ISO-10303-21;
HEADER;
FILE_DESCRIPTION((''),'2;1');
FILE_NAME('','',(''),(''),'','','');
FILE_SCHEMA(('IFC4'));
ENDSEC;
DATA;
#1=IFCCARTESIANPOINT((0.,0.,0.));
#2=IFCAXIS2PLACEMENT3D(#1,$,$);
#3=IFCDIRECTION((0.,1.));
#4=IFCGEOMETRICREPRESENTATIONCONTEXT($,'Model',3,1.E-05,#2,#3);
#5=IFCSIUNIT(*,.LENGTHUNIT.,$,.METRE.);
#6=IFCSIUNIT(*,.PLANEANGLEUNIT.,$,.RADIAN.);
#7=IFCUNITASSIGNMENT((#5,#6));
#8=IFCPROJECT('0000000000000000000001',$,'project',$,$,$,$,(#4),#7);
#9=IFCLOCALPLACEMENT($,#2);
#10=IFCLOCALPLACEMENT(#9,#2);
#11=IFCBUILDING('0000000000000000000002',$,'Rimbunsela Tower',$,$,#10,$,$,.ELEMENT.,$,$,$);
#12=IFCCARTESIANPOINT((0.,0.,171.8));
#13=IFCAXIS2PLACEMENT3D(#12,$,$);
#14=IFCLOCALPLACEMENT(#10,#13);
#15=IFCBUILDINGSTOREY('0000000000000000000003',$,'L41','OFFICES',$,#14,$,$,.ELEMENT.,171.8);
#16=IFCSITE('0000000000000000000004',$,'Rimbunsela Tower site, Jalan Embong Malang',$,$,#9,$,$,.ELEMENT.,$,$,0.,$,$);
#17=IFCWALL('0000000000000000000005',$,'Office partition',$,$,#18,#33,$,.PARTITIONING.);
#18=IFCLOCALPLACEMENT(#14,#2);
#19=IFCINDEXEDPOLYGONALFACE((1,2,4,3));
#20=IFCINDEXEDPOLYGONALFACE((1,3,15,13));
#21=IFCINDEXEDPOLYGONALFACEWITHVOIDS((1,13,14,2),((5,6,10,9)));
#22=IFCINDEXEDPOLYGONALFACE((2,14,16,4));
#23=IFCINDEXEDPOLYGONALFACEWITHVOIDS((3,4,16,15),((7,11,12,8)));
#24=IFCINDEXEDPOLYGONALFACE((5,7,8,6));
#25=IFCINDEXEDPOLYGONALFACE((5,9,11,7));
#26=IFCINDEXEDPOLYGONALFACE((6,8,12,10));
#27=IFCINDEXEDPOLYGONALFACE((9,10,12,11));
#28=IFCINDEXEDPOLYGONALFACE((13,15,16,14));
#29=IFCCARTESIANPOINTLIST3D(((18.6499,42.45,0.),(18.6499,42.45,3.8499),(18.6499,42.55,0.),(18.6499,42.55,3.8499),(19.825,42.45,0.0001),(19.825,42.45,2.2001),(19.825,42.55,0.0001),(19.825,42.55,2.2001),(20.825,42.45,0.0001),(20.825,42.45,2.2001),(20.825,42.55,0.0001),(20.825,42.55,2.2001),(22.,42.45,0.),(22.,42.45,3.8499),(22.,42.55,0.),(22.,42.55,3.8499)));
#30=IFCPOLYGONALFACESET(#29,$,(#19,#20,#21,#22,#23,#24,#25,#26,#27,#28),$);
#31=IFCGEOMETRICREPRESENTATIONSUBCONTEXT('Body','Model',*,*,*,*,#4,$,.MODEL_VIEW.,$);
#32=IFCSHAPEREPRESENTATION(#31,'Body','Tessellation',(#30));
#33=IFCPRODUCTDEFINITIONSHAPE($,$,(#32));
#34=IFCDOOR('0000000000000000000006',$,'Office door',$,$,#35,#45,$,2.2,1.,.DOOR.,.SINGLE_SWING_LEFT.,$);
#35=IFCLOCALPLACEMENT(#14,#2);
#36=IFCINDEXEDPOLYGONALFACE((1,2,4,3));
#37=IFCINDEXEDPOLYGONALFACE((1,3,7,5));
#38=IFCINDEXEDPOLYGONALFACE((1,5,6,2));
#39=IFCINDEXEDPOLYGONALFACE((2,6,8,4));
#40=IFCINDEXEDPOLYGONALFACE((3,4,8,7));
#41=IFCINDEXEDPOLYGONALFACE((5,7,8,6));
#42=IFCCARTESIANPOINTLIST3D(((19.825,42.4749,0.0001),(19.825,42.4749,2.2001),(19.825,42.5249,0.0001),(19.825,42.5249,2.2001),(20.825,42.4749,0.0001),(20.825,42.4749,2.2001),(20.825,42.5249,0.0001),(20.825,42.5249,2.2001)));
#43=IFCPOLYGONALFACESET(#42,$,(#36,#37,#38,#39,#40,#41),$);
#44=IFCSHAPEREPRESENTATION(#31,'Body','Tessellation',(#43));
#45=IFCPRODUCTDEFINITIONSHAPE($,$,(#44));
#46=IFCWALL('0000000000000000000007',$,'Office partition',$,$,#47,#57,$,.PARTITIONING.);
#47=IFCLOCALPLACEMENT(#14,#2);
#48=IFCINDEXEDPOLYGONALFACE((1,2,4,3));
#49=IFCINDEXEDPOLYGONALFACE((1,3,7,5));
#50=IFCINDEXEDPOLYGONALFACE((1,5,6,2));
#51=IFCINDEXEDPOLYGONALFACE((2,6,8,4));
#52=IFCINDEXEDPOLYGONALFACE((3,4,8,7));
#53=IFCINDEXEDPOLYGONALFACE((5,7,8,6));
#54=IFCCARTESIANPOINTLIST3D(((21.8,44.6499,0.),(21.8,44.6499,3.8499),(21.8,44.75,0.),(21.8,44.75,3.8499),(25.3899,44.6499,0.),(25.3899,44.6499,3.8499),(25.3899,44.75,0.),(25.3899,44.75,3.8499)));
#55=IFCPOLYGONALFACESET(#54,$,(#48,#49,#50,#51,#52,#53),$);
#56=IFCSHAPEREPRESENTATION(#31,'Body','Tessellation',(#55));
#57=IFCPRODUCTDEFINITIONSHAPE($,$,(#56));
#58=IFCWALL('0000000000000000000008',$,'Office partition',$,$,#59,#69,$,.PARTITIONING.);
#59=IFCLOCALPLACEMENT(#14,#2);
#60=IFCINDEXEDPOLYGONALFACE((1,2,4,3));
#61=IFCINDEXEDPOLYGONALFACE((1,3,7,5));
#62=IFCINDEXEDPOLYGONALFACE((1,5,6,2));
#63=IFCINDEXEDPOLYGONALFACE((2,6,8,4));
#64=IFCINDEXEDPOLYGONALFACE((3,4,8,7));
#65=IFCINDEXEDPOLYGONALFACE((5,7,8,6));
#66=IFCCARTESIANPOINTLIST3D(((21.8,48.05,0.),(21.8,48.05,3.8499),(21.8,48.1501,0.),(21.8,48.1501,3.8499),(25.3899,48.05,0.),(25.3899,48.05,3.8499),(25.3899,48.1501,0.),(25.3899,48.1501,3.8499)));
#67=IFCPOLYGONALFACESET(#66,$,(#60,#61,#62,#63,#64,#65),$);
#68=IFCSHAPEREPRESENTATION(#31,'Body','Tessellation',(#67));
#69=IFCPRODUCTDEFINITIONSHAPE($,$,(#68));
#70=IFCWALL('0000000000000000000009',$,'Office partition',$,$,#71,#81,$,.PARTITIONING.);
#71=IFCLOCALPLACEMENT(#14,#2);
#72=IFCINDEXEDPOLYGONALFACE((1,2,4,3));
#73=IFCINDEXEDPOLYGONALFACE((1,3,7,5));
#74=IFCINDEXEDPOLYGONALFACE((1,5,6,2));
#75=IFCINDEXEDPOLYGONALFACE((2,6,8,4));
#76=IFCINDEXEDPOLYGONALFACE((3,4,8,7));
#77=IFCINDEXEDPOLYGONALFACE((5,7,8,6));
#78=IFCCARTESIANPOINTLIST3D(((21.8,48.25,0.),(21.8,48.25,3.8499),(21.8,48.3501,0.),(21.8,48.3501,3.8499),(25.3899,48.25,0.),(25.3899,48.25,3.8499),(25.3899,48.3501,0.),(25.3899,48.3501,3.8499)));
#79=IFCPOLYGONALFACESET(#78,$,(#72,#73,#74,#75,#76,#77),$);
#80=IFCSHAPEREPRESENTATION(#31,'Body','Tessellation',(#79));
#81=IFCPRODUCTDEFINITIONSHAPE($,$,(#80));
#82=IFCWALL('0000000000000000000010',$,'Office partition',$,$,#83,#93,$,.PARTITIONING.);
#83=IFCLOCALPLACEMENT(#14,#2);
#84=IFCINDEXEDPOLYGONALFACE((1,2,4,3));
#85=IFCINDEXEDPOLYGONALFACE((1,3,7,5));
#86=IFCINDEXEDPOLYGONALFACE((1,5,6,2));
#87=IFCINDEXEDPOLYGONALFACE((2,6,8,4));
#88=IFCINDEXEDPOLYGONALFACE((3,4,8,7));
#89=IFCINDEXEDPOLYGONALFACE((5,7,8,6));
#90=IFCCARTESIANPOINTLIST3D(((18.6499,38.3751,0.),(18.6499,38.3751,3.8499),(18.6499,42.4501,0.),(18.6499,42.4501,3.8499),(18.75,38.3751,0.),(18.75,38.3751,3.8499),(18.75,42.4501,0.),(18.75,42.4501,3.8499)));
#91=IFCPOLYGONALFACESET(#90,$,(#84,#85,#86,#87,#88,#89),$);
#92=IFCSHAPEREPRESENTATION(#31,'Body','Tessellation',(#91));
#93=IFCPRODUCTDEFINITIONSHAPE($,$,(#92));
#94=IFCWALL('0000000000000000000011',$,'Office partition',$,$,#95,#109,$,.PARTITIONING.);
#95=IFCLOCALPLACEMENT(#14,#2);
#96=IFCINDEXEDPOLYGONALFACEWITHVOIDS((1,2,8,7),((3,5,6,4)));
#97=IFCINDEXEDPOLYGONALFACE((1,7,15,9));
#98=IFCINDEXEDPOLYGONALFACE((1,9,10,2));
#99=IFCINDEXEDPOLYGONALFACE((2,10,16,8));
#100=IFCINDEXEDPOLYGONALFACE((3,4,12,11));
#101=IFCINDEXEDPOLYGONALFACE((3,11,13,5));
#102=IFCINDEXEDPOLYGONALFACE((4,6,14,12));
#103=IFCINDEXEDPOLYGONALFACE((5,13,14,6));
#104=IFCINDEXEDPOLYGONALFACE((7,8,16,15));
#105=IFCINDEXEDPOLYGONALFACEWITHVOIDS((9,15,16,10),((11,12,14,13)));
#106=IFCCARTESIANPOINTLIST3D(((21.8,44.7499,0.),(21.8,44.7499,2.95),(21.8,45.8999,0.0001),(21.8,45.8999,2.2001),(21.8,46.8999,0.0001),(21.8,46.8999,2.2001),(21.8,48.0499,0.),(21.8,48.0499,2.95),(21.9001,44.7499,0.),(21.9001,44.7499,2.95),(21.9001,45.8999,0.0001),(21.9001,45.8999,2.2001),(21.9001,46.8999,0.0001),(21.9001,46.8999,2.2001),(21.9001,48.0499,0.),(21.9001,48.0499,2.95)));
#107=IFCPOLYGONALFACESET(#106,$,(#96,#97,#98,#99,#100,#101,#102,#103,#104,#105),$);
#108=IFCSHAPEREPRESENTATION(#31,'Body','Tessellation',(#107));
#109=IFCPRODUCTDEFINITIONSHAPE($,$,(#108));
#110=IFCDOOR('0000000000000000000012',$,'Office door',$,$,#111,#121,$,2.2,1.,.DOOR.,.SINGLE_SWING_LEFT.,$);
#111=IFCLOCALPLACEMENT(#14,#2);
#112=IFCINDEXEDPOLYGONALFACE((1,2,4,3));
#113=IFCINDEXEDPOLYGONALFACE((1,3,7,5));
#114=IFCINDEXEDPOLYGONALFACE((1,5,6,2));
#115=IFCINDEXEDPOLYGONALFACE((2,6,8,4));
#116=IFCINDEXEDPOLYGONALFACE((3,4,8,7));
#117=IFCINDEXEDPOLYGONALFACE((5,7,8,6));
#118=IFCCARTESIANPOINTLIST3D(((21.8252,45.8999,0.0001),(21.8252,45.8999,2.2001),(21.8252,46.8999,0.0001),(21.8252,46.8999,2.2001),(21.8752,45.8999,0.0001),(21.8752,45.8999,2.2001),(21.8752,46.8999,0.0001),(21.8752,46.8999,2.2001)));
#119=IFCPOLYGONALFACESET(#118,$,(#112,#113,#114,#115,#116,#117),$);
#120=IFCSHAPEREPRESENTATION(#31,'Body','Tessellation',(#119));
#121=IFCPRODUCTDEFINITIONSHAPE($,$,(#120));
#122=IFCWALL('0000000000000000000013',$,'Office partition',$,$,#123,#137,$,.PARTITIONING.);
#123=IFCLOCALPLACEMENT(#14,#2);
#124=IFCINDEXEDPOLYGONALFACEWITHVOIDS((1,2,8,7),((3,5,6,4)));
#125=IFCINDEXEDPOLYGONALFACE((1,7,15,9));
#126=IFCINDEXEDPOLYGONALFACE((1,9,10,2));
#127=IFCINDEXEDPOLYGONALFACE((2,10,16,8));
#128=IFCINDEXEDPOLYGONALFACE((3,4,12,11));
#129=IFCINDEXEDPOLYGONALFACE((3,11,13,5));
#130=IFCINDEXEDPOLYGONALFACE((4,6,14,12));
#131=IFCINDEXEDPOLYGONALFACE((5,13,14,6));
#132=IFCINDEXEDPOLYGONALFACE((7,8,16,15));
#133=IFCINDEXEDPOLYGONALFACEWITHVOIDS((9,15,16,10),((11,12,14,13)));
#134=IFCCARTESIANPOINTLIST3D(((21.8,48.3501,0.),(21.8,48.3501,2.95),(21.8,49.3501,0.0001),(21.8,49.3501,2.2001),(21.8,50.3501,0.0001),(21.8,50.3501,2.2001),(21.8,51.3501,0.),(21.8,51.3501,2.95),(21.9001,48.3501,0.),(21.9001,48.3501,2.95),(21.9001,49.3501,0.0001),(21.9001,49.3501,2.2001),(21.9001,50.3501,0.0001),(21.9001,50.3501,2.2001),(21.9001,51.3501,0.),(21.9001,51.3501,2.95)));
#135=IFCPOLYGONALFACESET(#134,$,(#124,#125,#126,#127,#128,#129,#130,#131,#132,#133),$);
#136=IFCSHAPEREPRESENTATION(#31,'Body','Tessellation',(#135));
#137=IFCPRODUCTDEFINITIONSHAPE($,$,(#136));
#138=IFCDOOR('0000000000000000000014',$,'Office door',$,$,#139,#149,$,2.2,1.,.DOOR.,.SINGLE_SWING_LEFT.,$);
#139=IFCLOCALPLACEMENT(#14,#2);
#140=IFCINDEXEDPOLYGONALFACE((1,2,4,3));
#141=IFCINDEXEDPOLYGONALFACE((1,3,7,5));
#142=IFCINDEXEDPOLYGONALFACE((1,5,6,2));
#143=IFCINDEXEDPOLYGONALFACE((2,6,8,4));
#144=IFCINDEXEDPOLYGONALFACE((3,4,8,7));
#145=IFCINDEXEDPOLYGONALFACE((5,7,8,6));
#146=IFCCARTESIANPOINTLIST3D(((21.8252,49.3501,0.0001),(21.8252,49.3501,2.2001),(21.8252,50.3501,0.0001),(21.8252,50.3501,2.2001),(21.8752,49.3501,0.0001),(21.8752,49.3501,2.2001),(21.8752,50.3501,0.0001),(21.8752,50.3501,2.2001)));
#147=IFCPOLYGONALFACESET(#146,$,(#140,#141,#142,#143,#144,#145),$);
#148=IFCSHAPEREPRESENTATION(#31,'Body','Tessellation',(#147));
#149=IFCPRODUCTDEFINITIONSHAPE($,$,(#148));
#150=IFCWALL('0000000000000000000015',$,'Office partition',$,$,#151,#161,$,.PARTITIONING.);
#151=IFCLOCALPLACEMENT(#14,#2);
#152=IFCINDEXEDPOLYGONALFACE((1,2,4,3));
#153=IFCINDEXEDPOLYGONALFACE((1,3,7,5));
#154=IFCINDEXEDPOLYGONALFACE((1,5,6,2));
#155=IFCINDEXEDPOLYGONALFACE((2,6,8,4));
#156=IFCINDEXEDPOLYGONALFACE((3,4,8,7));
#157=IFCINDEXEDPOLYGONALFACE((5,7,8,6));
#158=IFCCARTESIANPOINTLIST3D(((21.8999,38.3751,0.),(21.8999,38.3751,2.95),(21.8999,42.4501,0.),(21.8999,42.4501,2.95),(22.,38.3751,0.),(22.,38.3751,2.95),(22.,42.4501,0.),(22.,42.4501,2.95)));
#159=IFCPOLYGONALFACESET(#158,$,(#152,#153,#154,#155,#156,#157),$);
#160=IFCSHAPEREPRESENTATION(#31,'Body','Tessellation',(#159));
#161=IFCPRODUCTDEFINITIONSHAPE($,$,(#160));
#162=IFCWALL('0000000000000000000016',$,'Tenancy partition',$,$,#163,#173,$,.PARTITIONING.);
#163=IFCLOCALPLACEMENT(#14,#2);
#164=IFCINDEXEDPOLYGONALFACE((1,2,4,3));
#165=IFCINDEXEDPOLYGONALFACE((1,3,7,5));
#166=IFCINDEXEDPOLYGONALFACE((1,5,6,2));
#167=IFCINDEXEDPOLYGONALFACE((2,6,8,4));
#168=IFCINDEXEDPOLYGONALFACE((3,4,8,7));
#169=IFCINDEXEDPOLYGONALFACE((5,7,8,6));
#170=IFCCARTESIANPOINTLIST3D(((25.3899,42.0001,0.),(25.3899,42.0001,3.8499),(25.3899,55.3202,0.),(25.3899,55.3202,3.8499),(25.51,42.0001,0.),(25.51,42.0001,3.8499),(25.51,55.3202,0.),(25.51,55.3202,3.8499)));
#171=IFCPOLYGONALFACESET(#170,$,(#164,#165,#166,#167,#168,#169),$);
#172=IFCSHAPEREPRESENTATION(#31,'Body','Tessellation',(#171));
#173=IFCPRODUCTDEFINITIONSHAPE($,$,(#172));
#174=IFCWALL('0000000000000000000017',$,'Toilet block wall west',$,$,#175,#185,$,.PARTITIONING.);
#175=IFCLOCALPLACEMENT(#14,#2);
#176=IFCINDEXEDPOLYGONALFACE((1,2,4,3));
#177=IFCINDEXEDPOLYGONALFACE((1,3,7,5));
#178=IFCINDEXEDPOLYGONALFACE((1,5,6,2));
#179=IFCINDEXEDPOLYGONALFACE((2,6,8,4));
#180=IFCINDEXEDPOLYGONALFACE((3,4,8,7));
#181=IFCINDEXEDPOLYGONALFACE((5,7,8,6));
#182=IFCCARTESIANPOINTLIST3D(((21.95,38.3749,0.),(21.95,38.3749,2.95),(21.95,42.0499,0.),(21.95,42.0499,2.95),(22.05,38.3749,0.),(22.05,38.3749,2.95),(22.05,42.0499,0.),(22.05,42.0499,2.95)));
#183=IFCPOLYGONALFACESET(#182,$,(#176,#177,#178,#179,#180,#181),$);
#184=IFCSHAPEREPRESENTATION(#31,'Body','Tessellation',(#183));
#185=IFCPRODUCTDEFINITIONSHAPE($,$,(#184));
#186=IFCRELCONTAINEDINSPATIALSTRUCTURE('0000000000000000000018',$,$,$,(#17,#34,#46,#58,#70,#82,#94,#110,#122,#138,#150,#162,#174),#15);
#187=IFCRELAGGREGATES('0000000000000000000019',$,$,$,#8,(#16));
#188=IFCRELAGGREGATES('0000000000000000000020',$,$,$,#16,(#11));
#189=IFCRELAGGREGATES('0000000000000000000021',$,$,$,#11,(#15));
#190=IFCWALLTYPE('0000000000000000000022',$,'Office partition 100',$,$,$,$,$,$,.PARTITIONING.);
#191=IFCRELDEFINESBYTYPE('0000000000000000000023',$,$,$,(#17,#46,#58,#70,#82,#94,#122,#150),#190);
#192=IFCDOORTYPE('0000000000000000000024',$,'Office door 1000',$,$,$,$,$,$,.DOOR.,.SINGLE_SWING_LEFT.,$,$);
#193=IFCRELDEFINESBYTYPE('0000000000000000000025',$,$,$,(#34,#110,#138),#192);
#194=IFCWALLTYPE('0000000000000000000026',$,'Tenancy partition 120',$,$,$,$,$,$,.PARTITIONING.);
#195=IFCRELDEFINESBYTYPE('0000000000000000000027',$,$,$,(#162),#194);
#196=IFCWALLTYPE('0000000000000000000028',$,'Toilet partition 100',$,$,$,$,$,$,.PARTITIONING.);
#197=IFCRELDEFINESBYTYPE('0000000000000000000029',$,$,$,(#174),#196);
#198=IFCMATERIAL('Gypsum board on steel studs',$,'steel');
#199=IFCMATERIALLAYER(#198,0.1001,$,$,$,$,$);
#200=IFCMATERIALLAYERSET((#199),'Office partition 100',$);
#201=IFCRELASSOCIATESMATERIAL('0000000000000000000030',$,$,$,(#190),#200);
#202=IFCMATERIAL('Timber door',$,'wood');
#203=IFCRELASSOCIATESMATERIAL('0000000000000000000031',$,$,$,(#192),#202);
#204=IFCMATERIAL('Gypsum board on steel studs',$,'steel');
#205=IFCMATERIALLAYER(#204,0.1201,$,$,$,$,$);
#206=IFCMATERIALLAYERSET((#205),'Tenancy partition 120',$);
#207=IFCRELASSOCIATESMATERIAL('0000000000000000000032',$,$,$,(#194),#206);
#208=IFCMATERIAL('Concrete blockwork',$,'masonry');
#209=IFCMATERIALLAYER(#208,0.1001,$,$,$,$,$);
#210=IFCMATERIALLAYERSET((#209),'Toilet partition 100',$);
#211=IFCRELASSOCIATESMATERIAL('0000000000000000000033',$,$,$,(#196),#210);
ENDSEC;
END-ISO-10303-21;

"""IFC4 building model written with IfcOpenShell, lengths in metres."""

from ifc_helpers import new_model, si_unit, direction, frame, frame_2d, origin, place, context, subcontext, project, spatial, rectangle, extrude, material, layer, layer_set, type_object, element, fill, save


model = new_model("IFC4")

# Units and contexts
model_context = context("Model", 3, precision=1e-05, world=origin(), true_north=direction((0.0, 1.0)))
body_context = subcontext(model_context, "Body", "Model", "MODEL_VIEW")
ifc_project = project(units=[si_unit("LENGTHUNIT", "METRE"), si_unit("PLANEANGLEUNIT", "RADIAN")], contexts=[model_context])

# Site, building, storey
site_placement = place(None, origin())
site = spatial("IfcSite", under=ifc_project, at=site_placement, Name="Rimbunsela Tower site, Jalan Embong Malang", CompositionType="ELEMENT", RefElevation=0.0)
building_placement = place(site_placement, origin())
building = spatial("IfcBuilding", under=site, at=building_placement, Name="Rimbunsela Tower", CompositionType="ELEMENT")
storey_placement = place(building_placement, frame((0.0, 0.0, 171.8)))
storey = spatial("IfcBuildingStorey", under=building, at=storey_placement, Name="L41", Description="OFFICES", CompositionType="ELEMENT", Elevation=171.8)

# Wall, opening, door
ifc_material_1 = material(Name="Gypsum board on steel studs", Category="steel")
ifc_layer_1 = layer(ifc_material_1, 0.1001)
ifc_layer_set_1 = layer_set([ifc_layer_1], Name="Office partition 100")
wall_type_1 = type_object("IfcWallType", Name="Office partition 100", PredefinedType="PARTITIONING", material=ifc_layer_set_1)
wall_1_placement = place(storey_placement, frame((18.6499, 42.5, 0.0), z_axis=(0.0, 0.0, 1.0), x_axis=(1.0, 0.0, 0.0)))
wall_1 = element("IfcWall", 1, at=wall_1_placement, inside=storey, type_object=wall_type_1, Name="Office partition", PredefinedType="PARTITIONING", context=body_context, shape_type="SweptSolid", body=[
    extrude(rectangle(XDim=3.3501, YDim=0.1001, at=frame_2d((1.675, 0.0))), origin(), (0.0, 0.0, 1.0), 3.8499),
])
opening_1_placement = place(wall_1_placement, frame((1.175, 0.0, 0.0)))
opening_1 = element("IfcOpeningElement", 2, at=opening_1_placement, cuts=wall_1, PredefinedType="OPENING", context=body_context, shape_type="SweptSolid", body=[
    extrude(rectangle(XDim=1.0, YDim=2.2, at=frame_2d((0.5, 1.1001))), frame((0.0, 0.0601, 0.0), z_axis=(0.0, -1.0, 0.0), x_axis=(1.0, 0.0, 0.0)), (0.0, 0.0, 1.0), 0.1201),
])
ifc_material_2 = material(Name="Timber door", Category="wood")
door_type_1 = type_object("IfcDoorType", Name="Office door 1000", OperationType="SINGLE_SWING_LEFT", PredefinedType="DOOR", material=ifc_material_2)
door_1_placement = place(opening_1_placement, origin())
door_1 = element("IfcDoor", 3, at=door_1_placement, inside=storey, type_object=door_type_1, Name="Office door", OperationType="SINGLE_SWING_LEFT", OverallHeight=2.2, OverallWidth=1.0, PredefinedType="DOOR", context=body_context, shape_type="SweptSolid", body=[
    extrude(rectangle(XDim=1.0, YDim=2.2, at=frame_2d((0.5, 1.1001))), frame((0.0, 0.0249, 0.0), z_axis=(0.0, -1.0, 0.0), x_axis=(1.0, 0.0, 0.0)), (0.0, 0.0, 1.0), 0.05),
])
fill(opening_1, door_1)

# Walls
for number, where, z_axis, x_axis, name in (
    (4, (21.8, 44.7, 0.0), (0.0, 0.0, 1.0), (1.0, 0.0, 0.0), "Office partition"),
    (5, (21.8, 48.1001, 0.0), (0.0, 0.0, 1.0), (1.0, 0.0, 0.0), "Office partition"),
    (6, (21.8, 48.3, 0.0), (0.0, 0.0, 1.0), (1.0, 0.0, 0.0), "Office partition"),
):
    element("IfcWall", number, at=place(storey_placement, frame(where, z_axis=z_axis, x_axis=x_axis)), inside=storey, type_object=wall_type_1, Name=name, PredefinedType="PARTITIONING", context=body_context, shape_type="SweptSolid", body=[
        extrude(rectangle(XDim=3.5898, YDim=0.1001, at=frame_2d((1.7949, 0.0))), origin(), (0.0, 0.0, 1.0), 3.8499),
    ])
wall_2_placement = place(storey_placement, frame((18.7, 38.375, 0.0), z_axis=(0.0, 0.0, 1.0), x_axis=(0.0, 1.0, 0.0)))
element("IfcWall", 7, at=wall_2_placement, inside=storey, type_object=wall_type_1, Name="Office partition", PredefinedType="PARTITIONING", context=body_context, shape_type="SweptSolid", body=[
    extrude(rectangle(XDim=4.075, YDim=0.1001, at=frame_2d((2.0376, 0.0))), origin(), (0.0, 0.0, 1.0), 3.8499),
])

# Walls, openings, doors
wall_3_placement = place(storey_placement, frame((21.8501, 44.75, 0.0), z_axis=(0.0, 0.0, 1.0), x_axis=(0.0, 1.0, 0.0)))
wall_3 = element("IfcWall", 8, at=wall_3_placement, inside=storey, type_object=wall_type_1, Name="Office partition", PredefinedType="PARTITIONING", context=body_context, shape_type="SweptSolid", body=[
    extrude(rectangle(XDim=3.3, YDim=0.1001, at=frame_2d((1.6499, 0.0))), origin(), (0.0, 0.0, 1.0), 2.95),
])
opening_2_placement = place(wall_3_placement, frame((1.1499, 0.0, 0.0)))
opening_2 = element("IfcOpeningElement", 9, at=opening_2_placement, cuts=wall_3, PredefinedType="OPENING", context=body_context, shape_type="SweptSolid", body=[
    extrude(rectangle(XDim=1.0, YDim=2.2, at=frame_2d((0.5, 1.1001))), frame((0.0, 0.0601, 0.0), z_axis=(0.0, -1.0, 0.0), x_axis=(1.0, 0.0, 0.0)), (0.0, 0.0, 1.0), 0.1201),
])
door_2_placement = place(opening_2_placement, origin())
door_2 = element("IfcDoor", 10, at=door_2_placement, inside=storey, type_object=door_type_1, Name="Office door", OperationType="SINGLE_SWING_LEFT", OverallHeight=2.2, OverallWidth=1.0, PredefinedType="DOOR", context=body_context, shape_type="SweptSolid", body=[
    extrude(rectangle(XDim=1.0, YDim=2.2, at=frame_2d((0.5, 1.1001))), frame((0.0, 0.0249, 0.0), z_axis=(0.0, -1.0, 0.0), x_axis=(1.0, 0.0, 0.0)), (0.0, 0.0, 1.0), 0.05),
])
fill(opening_2, door_2)
wall_4_placement = place(storey_placement, frame((21.8501, 48.3501, 0.0), z_axis=(0.0, 0.0, 1.0), x_axis=(0.0, 1.0, 0.0)))
wall_4 = element("IfcWall", 11, at=wall_4_placement, inside=storey, type_object=wall_type_1, Name="Office partition", PredefinedType="PARTITIONING", context=body_context, shape_type="SweptSolid", body=[
    extrude(rectangle(XDim=3.0, YDim=0.1001, at=frame_2d((1.5, 0.0))), origin(), (0.0, 0.0, 1.0), 2.95),
])
opening_3_placement = place(wall_4_placement, frame((1.0, 0.0, 0.0)))
opening_3 = element("IfcOpeningElement", 12, at=opening_3_placement, cuts=wall_4, PredefinedType="OPENING", context=body_context, shape_type="SweptSolid", body=[
    extrude(rectangle(XDim=1.0, YDim=2.2, at=frame_2d((0.5, 1.1001))), frame((0.0, 0.0601, 0.0), z_axis=(0.0, -1.0, 0.0), x_axis=(1.0, 0.0, 0.0)), (0.0, 0.0, 1.0), 0.1201),
])
door_3_placement = place(opening_3_placement, origin())
door_3 = element("IfcDoor", 13, at=door_3_placement, inside=storey, type_object=door_type_1, Name="Office door", OperationType="SINGLE_SWING_LEFT", OverallHeight=2.2, OverallWidth=1.0, PredefinedType="DOOR", context=body_context, shape_type="SweptSolid", body=[
    extrude(rectangle(XDim=1.0, YDim=2.2, at=frame_2d((0.5, 1.1001))), frame((0.0, 0.0249, 0.0), z_axis=(0.0, -1.0, 0.0), x_axis=(1.0, 0.0, 0.0)), (0.0, 0.0, 1.0), 0.05),
])
fill(opening_3, door_3)

# Walls
wall_5_placement = place(storey_placement, frame((21.95, 38.375, 0.0), z_axis=(0.0, 0.0, 1.0), x_axis=(0.0, 1.0, 0.0)))
element("IfcWall", 14, at=wall_5_placement, inside=storey, type_object=wall_type_1, Name="Office partition", PredefinedType="PARTITIONING", context=body_context, shape_type="SweptSolid", body=[
    extrude(rectangle(XDim=4.075, YDim=0.1001, at=frame_2d((2.0376, 0.0))), origin(), (0.0, 0.0, 1.0), 2.95),
])
ifc_material_3 = material(Name="Gypsum board on steel studs", Category="steel")
ifc_layer_2 = layer(ifc_material_3, 0.1201)
ifc_layer_set_2 = layer_set([ifc_layer_2], Name="Tenancy partition 120")
wall_type_2 = type_object("IfcWallType", Name="Tenancy partition 120", PredefinedType="PARTITIONING", material=ifc_layer_set_2)
wall_6_placement = place(storey_placement, frame((25.45, 42.0, 0.0), z_axis=(0.0, 0.0, 1.0), x_axis=(0.0, 1.0, 0.0)))
element("IfcWall", 15, at=wall_6_placement, inside=storey, type_object=wall_type_2, Name="Tenancy partition", PredefinedType="PARTITIONING", context=body_context, shape_type="SweptSolid", body=[
    extrude(rectangle(XDim=13.3201, YDim=0.1201, at=frame_2d((6.6602, 0.0))), origin(), (0.0, 0.0, 1.0), 3.8499),
])
ifc_material_4 = material(Name="Concrete blockwork", Category="masonry")
ifc_layer_3 = layer(ifc_material_4, 0.1001)
ifc_layer_set_3 = layer_set([ifc_layer_3], Name="Toilet partition 100")
wall_type_3 = type_object("IfcWallType", Name="Toilet partition 100", PredefinedType="PARTITIONING", material=ifc_layer_set_3)
wall_7_placement = place(storey_placement, frame((22.0, 38.375, 0.0), z_axis=(0.0, 0.0, 1.0), x_axis=(0.0, 1.0, 0.0)))
element("IfcWall", 16, at=wall_7_placement, inside=storey, type_object=wall_type_3, Name="Toilet block wall west", PredefinedType="PARTITIONING", context=body_context, shape_type="SweptSolid", body=[
    extrude(rectangle(XDim=3.675, YDim=0.1001, at=frame_2d((1.8374, 0.0))), origin(), (0.0, 0.0, 1.0), 2.95),
])

save(model, "model.ifc")
